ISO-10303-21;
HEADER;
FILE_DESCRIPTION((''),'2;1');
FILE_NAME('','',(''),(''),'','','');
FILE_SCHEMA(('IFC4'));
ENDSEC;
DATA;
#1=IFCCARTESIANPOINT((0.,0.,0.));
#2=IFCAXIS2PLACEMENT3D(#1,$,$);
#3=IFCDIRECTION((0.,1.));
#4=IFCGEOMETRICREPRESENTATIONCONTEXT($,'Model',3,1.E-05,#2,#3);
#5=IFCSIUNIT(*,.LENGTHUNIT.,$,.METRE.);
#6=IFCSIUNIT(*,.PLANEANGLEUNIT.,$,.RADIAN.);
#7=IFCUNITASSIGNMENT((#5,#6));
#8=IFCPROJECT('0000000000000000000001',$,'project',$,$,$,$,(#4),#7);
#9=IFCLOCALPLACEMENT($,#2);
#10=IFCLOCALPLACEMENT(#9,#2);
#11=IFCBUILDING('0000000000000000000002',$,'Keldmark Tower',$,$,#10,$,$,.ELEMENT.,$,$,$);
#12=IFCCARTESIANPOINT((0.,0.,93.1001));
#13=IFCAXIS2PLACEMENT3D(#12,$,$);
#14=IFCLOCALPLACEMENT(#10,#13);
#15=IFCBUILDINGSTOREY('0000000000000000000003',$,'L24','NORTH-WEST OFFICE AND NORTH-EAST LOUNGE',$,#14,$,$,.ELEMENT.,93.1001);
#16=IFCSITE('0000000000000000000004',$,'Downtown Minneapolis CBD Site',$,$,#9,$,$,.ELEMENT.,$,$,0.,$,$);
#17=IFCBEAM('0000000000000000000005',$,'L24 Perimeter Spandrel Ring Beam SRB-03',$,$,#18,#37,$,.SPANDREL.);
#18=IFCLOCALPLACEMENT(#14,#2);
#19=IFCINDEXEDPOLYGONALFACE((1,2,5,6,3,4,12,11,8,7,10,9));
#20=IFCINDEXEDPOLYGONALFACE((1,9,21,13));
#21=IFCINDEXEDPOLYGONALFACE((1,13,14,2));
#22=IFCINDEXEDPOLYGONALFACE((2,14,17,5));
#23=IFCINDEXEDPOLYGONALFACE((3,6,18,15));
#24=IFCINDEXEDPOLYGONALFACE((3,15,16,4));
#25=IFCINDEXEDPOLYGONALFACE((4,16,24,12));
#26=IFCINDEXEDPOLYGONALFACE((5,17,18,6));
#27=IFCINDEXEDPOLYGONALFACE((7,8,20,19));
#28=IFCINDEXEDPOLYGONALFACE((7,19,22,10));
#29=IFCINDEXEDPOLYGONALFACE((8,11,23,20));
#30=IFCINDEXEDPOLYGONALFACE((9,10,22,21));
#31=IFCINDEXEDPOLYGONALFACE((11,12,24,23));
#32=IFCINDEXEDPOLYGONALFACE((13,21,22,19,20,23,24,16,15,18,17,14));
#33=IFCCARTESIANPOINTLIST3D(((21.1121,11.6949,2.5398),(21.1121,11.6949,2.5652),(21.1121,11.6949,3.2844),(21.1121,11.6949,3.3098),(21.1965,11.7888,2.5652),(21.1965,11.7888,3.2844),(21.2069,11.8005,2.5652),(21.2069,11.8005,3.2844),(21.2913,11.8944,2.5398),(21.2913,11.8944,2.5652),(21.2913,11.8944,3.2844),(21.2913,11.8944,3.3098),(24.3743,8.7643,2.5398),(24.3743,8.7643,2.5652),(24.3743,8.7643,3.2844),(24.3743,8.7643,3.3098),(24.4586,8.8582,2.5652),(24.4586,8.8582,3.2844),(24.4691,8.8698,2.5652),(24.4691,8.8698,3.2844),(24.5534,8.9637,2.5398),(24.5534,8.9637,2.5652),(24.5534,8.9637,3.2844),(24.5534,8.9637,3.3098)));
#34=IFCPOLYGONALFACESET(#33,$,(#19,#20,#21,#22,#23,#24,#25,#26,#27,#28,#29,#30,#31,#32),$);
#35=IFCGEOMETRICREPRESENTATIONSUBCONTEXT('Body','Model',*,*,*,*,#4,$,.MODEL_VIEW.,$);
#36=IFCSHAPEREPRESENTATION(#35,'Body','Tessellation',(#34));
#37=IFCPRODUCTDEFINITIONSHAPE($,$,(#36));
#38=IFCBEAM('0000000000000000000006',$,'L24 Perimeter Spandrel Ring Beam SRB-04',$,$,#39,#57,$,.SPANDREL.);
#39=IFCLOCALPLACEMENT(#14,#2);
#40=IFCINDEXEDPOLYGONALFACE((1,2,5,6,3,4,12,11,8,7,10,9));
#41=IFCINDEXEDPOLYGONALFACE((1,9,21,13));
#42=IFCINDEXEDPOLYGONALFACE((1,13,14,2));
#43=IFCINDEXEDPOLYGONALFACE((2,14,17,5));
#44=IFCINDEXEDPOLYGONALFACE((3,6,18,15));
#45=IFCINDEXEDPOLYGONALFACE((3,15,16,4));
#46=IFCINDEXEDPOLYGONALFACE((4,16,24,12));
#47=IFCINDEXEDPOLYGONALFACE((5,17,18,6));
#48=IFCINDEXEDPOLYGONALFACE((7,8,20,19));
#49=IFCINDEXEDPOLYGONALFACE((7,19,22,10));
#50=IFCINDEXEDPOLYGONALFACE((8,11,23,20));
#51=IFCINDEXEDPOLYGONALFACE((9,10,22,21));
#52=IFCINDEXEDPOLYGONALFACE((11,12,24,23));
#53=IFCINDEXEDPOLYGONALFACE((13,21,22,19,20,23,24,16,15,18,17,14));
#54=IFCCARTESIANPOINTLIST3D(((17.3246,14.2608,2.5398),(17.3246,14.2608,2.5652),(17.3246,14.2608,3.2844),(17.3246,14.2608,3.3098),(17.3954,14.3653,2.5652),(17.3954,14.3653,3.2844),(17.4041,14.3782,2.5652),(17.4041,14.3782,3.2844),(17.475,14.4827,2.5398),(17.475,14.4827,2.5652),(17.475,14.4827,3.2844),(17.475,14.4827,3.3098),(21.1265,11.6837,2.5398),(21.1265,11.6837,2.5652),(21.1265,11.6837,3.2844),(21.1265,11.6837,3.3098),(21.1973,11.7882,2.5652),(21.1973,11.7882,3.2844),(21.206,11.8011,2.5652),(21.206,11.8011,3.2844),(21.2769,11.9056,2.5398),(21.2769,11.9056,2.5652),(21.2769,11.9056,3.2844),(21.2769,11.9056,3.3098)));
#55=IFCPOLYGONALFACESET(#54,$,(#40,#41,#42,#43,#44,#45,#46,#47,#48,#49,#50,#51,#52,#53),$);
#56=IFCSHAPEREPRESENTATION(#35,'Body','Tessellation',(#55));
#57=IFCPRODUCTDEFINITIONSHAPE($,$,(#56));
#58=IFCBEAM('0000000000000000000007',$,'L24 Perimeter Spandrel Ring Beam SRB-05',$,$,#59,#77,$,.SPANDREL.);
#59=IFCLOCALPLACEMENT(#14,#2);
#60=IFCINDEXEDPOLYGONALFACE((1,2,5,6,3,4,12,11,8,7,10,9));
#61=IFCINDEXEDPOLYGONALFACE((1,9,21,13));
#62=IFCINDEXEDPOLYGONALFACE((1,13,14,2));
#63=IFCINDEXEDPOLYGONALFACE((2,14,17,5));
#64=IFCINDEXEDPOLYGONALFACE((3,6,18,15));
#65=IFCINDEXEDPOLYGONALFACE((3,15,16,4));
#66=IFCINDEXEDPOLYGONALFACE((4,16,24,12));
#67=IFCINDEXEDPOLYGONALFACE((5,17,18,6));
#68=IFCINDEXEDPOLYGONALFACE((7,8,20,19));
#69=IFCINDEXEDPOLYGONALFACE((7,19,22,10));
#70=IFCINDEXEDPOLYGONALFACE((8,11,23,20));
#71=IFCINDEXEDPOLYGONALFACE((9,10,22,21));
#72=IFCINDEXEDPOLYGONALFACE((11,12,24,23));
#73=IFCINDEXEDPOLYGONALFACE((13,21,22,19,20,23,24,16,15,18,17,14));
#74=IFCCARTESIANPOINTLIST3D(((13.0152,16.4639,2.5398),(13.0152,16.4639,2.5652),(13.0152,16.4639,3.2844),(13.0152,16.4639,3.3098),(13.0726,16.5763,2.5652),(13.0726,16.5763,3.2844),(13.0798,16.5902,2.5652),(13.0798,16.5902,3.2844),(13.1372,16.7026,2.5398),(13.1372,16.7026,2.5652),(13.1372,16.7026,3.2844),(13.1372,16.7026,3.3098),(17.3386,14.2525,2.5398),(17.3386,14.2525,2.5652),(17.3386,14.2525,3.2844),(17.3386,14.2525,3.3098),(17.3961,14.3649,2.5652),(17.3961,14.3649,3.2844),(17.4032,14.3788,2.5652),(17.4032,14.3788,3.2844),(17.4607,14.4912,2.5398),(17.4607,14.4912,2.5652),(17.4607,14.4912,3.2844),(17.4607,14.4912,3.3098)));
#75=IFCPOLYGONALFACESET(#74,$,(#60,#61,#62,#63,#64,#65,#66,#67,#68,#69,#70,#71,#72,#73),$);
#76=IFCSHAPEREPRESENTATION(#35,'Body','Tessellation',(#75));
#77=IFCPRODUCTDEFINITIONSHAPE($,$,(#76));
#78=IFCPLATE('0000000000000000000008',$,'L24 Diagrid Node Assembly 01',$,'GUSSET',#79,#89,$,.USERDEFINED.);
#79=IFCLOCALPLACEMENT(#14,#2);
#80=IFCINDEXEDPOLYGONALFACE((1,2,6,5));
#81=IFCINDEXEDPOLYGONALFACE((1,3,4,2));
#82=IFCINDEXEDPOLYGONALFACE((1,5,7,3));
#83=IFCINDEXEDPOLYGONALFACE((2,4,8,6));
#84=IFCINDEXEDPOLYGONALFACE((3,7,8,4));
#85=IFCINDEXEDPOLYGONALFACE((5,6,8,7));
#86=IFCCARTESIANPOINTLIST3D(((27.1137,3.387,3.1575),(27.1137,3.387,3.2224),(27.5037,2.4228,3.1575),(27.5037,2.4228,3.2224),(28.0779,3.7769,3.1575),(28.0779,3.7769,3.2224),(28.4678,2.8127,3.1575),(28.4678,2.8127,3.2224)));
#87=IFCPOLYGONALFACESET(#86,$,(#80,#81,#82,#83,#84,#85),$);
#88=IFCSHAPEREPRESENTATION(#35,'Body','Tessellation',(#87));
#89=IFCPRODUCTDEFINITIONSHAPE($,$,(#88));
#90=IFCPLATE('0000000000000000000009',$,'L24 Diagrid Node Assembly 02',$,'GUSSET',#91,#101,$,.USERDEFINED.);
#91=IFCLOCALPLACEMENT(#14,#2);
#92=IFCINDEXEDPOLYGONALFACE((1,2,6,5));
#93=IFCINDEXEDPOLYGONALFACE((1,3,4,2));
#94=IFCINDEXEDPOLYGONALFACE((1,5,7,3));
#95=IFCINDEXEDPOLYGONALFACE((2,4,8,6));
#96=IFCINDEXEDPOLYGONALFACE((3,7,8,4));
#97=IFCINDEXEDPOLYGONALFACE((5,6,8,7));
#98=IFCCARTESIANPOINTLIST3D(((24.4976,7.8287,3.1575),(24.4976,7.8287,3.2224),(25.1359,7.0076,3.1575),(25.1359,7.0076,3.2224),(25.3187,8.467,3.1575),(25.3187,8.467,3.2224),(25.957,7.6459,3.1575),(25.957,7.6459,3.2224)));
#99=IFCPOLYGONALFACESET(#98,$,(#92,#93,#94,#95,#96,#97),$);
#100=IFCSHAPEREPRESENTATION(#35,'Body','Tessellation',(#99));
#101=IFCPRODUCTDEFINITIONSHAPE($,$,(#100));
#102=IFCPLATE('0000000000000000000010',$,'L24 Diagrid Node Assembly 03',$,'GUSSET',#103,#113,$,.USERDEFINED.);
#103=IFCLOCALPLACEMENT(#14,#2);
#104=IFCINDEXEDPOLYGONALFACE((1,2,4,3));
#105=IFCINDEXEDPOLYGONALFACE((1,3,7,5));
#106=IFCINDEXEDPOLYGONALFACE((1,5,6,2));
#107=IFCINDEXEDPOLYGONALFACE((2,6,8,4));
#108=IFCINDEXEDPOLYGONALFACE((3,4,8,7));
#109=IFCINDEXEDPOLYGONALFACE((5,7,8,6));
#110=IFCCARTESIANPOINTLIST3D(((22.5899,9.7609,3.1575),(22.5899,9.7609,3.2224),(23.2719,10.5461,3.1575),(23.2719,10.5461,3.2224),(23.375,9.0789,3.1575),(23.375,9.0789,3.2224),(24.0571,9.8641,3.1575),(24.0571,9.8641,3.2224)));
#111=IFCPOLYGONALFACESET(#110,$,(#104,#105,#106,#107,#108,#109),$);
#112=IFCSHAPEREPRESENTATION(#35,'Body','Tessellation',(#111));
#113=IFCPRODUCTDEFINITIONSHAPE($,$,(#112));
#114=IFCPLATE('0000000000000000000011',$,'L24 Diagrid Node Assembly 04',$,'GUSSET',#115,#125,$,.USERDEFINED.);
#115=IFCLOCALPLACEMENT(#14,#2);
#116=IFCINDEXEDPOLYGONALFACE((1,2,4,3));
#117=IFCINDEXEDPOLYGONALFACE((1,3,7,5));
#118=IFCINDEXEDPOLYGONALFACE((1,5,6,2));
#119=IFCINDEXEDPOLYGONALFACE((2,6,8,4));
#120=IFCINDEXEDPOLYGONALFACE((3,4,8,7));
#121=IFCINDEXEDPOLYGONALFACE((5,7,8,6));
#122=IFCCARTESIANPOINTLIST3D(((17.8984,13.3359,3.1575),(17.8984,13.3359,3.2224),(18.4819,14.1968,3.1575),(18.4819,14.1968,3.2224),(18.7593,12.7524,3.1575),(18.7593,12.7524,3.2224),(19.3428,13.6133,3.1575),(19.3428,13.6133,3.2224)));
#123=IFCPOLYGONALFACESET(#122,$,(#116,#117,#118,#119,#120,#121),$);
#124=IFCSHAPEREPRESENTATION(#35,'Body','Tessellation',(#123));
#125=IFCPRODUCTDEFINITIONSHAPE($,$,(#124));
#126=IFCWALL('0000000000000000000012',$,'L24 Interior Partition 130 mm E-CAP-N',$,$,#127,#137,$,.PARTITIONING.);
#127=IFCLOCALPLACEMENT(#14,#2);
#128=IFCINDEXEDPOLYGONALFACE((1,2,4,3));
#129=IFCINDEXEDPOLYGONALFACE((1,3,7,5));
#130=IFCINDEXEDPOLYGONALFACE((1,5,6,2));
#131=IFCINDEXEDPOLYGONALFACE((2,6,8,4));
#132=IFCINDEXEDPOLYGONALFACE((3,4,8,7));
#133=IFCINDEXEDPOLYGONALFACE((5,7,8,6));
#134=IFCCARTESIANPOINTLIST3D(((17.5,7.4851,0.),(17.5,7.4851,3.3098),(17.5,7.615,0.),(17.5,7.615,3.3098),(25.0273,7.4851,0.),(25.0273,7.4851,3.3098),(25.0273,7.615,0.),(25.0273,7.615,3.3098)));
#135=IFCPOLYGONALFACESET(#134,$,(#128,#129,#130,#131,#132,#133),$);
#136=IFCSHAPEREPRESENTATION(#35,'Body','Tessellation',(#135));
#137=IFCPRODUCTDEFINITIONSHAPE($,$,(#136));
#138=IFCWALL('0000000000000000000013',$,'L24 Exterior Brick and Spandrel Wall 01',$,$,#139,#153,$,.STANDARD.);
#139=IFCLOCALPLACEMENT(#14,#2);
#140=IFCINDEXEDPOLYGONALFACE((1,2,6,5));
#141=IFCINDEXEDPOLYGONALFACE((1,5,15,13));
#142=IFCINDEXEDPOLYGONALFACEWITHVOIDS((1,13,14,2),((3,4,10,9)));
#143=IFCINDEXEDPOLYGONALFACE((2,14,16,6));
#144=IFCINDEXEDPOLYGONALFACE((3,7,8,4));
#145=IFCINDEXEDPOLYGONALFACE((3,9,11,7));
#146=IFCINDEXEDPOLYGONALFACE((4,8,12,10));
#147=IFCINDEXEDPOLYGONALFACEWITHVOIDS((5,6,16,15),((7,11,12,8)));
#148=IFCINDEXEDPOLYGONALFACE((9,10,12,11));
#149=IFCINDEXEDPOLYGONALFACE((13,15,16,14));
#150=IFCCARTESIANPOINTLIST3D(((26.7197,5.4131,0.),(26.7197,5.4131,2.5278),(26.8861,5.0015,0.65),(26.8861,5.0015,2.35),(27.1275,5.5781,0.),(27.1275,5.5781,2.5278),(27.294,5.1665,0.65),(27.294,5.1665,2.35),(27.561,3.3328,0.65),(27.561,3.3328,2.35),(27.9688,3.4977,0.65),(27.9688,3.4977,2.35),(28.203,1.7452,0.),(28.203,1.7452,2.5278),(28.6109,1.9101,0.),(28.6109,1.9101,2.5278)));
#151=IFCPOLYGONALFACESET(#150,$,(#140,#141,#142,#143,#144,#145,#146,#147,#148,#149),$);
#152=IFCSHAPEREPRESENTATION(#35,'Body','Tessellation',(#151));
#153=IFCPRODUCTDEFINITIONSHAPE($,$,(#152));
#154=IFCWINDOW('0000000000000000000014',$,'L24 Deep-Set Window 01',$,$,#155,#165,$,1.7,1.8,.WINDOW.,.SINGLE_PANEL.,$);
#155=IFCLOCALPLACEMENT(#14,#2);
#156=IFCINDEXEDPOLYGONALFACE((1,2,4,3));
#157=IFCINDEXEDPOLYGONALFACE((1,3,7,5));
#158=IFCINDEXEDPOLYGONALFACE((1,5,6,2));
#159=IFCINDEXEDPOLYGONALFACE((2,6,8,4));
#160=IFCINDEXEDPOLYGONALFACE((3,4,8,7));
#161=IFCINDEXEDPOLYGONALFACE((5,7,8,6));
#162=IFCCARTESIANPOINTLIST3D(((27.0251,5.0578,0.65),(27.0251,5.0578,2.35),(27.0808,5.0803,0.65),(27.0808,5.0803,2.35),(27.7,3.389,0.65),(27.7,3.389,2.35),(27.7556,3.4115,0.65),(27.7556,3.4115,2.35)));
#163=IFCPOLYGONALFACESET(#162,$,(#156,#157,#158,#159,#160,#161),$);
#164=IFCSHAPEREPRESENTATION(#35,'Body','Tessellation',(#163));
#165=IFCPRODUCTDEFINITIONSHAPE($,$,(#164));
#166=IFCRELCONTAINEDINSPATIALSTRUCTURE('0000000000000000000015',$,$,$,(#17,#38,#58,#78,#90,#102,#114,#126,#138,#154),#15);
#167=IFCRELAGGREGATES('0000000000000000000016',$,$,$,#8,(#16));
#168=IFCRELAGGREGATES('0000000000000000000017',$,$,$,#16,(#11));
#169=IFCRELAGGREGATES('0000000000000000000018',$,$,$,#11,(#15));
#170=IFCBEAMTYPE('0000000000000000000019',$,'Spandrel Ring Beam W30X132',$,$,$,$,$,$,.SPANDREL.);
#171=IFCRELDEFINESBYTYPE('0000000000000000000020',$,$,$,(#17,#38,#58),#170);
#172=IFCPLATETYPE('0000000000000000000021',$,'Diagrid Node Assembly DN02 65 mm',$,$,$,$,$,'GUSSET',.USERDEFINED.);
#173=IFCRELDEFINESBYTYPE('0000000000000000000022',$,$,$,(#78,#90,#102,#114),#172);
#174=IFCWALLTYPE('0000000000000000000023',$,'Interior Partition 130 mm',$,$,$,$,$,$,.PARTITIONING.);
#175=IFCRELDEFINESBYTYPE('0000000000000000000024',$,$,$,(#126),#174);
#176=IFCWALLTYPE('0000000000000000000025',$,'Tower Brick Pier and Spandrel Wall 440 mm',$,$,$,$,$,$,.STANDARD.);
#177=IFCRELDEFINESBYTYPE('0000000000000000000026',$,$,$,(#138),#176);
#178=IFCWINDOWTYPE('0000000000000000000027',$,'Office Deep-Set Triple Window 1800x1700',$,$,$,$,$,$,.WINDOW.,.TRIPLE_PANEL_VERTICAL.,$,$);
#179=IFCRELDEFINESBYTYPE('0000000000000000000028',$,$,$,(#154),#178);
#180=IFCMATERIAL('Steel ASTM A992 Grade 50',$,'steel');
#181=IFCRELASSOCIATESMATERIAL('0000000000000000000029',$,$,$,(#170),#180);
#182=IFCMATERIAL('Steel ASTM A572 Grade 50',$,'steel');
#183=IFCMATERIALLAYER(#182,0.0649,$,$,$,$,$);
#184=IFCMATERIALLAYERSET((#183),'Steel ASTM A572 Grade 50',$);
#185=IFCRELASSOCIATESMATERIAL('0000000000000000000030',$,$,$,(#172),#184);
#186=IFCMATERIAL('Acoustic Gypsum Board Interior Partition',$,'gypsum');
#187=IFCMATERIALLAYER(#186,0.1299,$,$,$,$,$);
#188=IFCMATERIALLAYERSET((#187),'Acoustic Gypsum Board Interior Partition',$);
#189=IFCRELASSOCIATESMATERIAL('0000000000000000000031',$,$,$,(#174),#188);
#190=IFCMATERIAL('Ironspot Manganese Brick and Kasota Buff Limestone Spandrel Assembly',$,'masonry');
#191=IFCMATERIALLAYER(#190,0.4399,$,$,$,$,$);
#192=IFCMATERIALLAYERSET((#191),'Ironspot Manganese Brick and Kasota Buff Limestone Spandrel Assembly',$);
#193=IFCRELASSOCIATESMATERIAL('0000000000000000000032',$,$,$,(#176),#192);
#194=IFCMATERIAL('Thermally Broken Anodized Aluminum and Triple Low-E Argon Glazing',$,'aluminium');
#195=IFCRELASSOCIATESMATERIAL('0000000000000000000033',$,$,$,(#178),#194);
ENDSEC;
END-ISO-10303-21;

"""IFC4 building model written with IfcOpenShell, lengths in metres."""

from ifc_helpers import new_model, si_unit, direction, frame, frame_2d, origin, origin_2d, place, context, subcontext, project, spatial, rectangle, i_section, extrude, material, layer, layer_set, material_profile, profile_set, type_object, element, fill, save


model = new_model("IFC4")

# Units and contexts
model_context = context("Model", 3, precision=1e-05, world=origin(), true_north=direction((0.0, 1.0)))
body_context = subcontext(model_context, "Body", "Model", "MODEL_VIEW")
ifc_project = project(units=[si_unit("LENGTHUNIT", "METRE"), si_unit("PLANEANGLEUNIT", "RADIAN")], contexts=[model_context])

# Site, building, storey
site_placement = place(None, origin())
site = spatial("IfcSite", under=ifc_project, at=site_placement, Name="Downtown Minneapolis CBD Site", CompositionType="ELEMENT", RefElevation=0.0)
building_placement = place(site_placement, origin())
building = spatial("IfcBuilding", under=site, at=building_placement, Name="Keldmark Tower", CompositionType="ELEMENT")
storey_placement = place(building_placement, frame((0.0, 0.0, 93.1001)))
storey = spatial("IfcBuildingStorey", under=building, at=storey_placement, Name="L24", Description="NORTH-WEST OFFICE AND NORTH-EAST LOUNGE", CompositionType="ELEMENT", Elevation=93.1001)

# Beams
ifc_material_1 = material(Name="Steel ASTM A992 Grade 50", Category="steel")
ifc_material_profile_1 = material_profile(ifc_material_1, i_section(OverallWidth=0.2681, OverallDepth=0.77, WebThickness=0.0156, FlangeThickness=0.0254, at=origin_2d()), Name="W30X132")
ifc_profile_set_1 = profile_set([ifc_material_profile_1], Name="Steel ASTM A992 Grade 50")
beam_type_1 = type_object("IfcBeamType", Name="Spandrel Ring Beam W30X132", PredefinedType="SPANDREL", material=ifc_profile_set_1)
beam_1_placement = place(storey_placement, frame((24.4639, 8.864, 2.9248), z_axis=(-0.743897, 0.668294, 0.0), x_axis=(-0.668294, -0.743897, 0.0)))
element("IfcBeam", 1, at=beam_1_placement, inside=storey, type_object=beam_type_1, Name="L24 Perimeter Spandrel Ring Beam SRB-03", PredefinedType="SPANDREL", context=body_context, shape_type="SweptSolid", body=[
    extrude(i_section(OverallWidth=0.2681, OverallDepth=0.77, WebThickness=0.0156, FlangeThickness=0.0254, at=origin_2d()), origin(), (0.0, 0.0, 1.0), 4.3853),
])
beam_2_placement = place(storey_placement, frame((21.2017, 11.7947, 2.9248), z_axis=(-0.827757, 0.561087, 0.0), x_axis=(-0.561087, -0.827757, 0.0)))
element("IfcBeam", 2, at=beam_2_placement, inside=storey, type_object=beam_type_1, Name="L24 Perimeter Spandrel Ring Beam SRB-04", PredefinedType="SPANDREL", context=body_context, shape_type="SweptSolid", body=[
    extrude(i_section(OverallWidth=0.2681, OverallDepth=0.77, WebThickness=0.0156, FlangeThickness=0.0254, at=origin_2d()), origin(), (0.0, 0.0, 1.0), 4.593),
])
beam_3_placement = place(storey_placement, frame((17.3997, 14.3718, 2.9248), z_axis=(-0.890297, 0.455379, 0.0), x_axis=(-0.455379, -0.890297, 0.0)))
element("IfcBeam", 3, at=beam_3_placement, inside=storey, type_object=beam_type_1, Name="L24 Perimeter Spandrel Ring Beam SRB-05", PredefinedType="SPANDREL", context=body_context, shape_type="SweptSolid", body=[
    extrude(i_section(OverallWidth=0.2681, OverallDepth=0.77, WebThickness=0.0156, FlangeThickness=0.0254, at=origin_2d()), origin(), (0.0, 0.0, 1.0), 4.8562),
])

# Plates
ifc_material_2 = material(Name="Steel ASTM A572 Grade 50", Category="steel")
ifc_layer_1 = layer(ifc_material_2, 0.0649)
ifc_layer_set_1 = layer_set([ifc_layer_1], Name="Steel ASTM A572 Grade 50")
plate_type = type_object("IfcPlateType", Name="Diagrid Node Assembly DN02 65 mm", ElementType="GUSSET", PredefinedType="USERDEFINED", material=ifc_layer_set_1)
for number, where, z_axis, x_axis, name in (
    (4, (27.7908, 3.0999, 3.1575), (0.0, 0.0, 1.0), (-0.37493, 0.927053, 0.0), "L24 Diagrid Node Assembly 01"),
    (5, (25.2273, 7.7373, 3.1575), (0.0, 0.0, 1.0), (-0.613734, 0.789513, 0.0), "L24 Diagrid Node Assembly 02"),
    (6, (23.3235, 9.8125, 3.1575), (0.0, 0.0, 1.0), (-0.754939, 0.655796, 0.0), "L24 Diagrid Node Assembly 03"),
    (7, (18.6206, 13.4746, 3.1575), (0.0, 0.0, 1.0), (-0.827767, 0.561072, 0.0), "L24 Diagrid Node Assembly 04"),
):
    element("IfcPlate", number, at=place(storey_placement, frame(where, z_axis=z_axis, x_axis=x_axis)), inside=storey, type_object=plate_type, Name=name, ObjectType="GUSSET", PredefinedType="USERDEFINED", context=body_context, shape_type="SweptSolid", body=[
        extrude(rectangle(XDim=1.04, YDim=1.04, at=origin_2d()), origin(), (0.0, 0.0, 1.0), 0.0649),
    ])

# Wall
ifc_material_3 = material(Name="Acoustic Gypsum Board Interior Partition", Category="gypsum")
ifc_layer_2 = layer(ifc_material_3, 0.1299)
ifc_layer_set_2 = layer_set([ifc_layer_2], Name="Acoustic Gypsum Board Interior Partition")
wall_type_1 = type_object("IfcWallType", Name="Interior Partition 130 mm", PredefinedType="PARTITIONING", material=ifc_layer_set_2)
wall_1_placement = place(storey_placement, frame((17.5, 7.55, 0.0), z_axis=(0.0, 0.0, 1.0), x_axis=(1.0, 0.0, 0.0)))
element("IfcWall", 8, at=wall_1_placement, inside=storey, type_object=wall_type_1, Name="L24 Interior Partition 130 mm E-CAP-N", PredefinedType="PARTITIONING", context=body_context, shape_type="SweptSolid", body=[
    extrude(rectangle(XDim=7.5273, YDim=0.1299, at=frame_2d((3.7637, 0.0))), origin(), (0.0, 0.0, 1.0), 3.3098),
])

# Wall, opening, window
ifc_material_4 = material(Name="Ironspot Manganese Brick and Kasota Buff Limestone Spandrel Assembly", Category="masonry")
ifc_layer_3 = layer(ifc_material_4, 0.4399)
ifc_layer_set_3 = layer_set([ifc_layer_3], Name="Ironspot Manganese Brick and Kasota Buff Limestone Spandrel Assembly")
wall_type_2 = type_object("IfcWallType", Name="Tower Brick Pier and Spandrel Wall 440 mm", PredefinedType="STANDARD", material=ifc_layer_set_3)
wall_2_placement = place(storey_placement, frame((26.9236, 5.4956, 0.0), z_axis=(0.0, 0.0, 1.0), x_axis=(0.37492, -0.927057, 0.0)))
wall_2 = element("IfcWall", 9, at=wall_2_placement, inside=storey, type_object=wall_type_2, Name="L24 Exterior Brick and Spandrel Wall 01", PredefinedType="STANDARD", context=body_context, shape_type="SweptSolid", body=[
    extrude(rectangle(XDim=3.9565, YDim=0.4399, at=frame_2d((1.9783, 0.0))), origin(), (0.0, 0.0, 1.0), 2.5278),
])
opening_1_placement = place(wall_2_placement, frame((0.4441, 0.0, 0.6499)))
opening_1 = element("IfcOpeningElement", 10, at=opening_1_placement, cuts=wall_2, PredefinedType="OPENING", context=body_context, shape_type="SweptSolid", body=[
    extrude(rectangle(XDim=1.8, YDim=1.7, at=frame_2d((0.8999, 0.8501))), frame((0.0, 0.23, 0.0), z_axis=(0.0, -1.0, 0.0), x_axis=(1.0, 0.0, 0.0)), (0.0, 0.0, 1.0), 0.46),
])
ifc_material_5 = material(Name="Thermally Broken Anodized Aluminum and Triple Low-E Argon Glazing", Category="aluminium")
window_type = type_object("IfcWindowType", Name="Office Deep-Set Triple Window 1800x1700", PartitioningType="TRIPLE_PANEL_VERTICAL", PredefinedType="WINDOW", material=ifc_material_5)
window_1_placement = place(opening_1_placement, origin())
window_1 = element("IfcWindow", 11, at=window_1_placement, inside=storey, type_object=window_type, Name="L24 Deep-Set Window 01", OverallHeight=1.7, OverallWidth=1.8, PartitioningType="SINGLE_PANEL", PredefinedType="WINDOW", context=body_context, shape_type="SweptSolid", body=[
    extrude(rectangle(XDim=1.8, YDim=1.7, at=frame_2d((0.8999, 0.8501))), frame((0.0, -0.01, 0.0), z_axis=(0.0, -1.0, 0.0), x_axis=(1.0, 0.0, 0.0)), (0.0, 0.0, 1.0), 0.0601),
])
fill(opening_1, window_1)

save(model, "model.ifc")
